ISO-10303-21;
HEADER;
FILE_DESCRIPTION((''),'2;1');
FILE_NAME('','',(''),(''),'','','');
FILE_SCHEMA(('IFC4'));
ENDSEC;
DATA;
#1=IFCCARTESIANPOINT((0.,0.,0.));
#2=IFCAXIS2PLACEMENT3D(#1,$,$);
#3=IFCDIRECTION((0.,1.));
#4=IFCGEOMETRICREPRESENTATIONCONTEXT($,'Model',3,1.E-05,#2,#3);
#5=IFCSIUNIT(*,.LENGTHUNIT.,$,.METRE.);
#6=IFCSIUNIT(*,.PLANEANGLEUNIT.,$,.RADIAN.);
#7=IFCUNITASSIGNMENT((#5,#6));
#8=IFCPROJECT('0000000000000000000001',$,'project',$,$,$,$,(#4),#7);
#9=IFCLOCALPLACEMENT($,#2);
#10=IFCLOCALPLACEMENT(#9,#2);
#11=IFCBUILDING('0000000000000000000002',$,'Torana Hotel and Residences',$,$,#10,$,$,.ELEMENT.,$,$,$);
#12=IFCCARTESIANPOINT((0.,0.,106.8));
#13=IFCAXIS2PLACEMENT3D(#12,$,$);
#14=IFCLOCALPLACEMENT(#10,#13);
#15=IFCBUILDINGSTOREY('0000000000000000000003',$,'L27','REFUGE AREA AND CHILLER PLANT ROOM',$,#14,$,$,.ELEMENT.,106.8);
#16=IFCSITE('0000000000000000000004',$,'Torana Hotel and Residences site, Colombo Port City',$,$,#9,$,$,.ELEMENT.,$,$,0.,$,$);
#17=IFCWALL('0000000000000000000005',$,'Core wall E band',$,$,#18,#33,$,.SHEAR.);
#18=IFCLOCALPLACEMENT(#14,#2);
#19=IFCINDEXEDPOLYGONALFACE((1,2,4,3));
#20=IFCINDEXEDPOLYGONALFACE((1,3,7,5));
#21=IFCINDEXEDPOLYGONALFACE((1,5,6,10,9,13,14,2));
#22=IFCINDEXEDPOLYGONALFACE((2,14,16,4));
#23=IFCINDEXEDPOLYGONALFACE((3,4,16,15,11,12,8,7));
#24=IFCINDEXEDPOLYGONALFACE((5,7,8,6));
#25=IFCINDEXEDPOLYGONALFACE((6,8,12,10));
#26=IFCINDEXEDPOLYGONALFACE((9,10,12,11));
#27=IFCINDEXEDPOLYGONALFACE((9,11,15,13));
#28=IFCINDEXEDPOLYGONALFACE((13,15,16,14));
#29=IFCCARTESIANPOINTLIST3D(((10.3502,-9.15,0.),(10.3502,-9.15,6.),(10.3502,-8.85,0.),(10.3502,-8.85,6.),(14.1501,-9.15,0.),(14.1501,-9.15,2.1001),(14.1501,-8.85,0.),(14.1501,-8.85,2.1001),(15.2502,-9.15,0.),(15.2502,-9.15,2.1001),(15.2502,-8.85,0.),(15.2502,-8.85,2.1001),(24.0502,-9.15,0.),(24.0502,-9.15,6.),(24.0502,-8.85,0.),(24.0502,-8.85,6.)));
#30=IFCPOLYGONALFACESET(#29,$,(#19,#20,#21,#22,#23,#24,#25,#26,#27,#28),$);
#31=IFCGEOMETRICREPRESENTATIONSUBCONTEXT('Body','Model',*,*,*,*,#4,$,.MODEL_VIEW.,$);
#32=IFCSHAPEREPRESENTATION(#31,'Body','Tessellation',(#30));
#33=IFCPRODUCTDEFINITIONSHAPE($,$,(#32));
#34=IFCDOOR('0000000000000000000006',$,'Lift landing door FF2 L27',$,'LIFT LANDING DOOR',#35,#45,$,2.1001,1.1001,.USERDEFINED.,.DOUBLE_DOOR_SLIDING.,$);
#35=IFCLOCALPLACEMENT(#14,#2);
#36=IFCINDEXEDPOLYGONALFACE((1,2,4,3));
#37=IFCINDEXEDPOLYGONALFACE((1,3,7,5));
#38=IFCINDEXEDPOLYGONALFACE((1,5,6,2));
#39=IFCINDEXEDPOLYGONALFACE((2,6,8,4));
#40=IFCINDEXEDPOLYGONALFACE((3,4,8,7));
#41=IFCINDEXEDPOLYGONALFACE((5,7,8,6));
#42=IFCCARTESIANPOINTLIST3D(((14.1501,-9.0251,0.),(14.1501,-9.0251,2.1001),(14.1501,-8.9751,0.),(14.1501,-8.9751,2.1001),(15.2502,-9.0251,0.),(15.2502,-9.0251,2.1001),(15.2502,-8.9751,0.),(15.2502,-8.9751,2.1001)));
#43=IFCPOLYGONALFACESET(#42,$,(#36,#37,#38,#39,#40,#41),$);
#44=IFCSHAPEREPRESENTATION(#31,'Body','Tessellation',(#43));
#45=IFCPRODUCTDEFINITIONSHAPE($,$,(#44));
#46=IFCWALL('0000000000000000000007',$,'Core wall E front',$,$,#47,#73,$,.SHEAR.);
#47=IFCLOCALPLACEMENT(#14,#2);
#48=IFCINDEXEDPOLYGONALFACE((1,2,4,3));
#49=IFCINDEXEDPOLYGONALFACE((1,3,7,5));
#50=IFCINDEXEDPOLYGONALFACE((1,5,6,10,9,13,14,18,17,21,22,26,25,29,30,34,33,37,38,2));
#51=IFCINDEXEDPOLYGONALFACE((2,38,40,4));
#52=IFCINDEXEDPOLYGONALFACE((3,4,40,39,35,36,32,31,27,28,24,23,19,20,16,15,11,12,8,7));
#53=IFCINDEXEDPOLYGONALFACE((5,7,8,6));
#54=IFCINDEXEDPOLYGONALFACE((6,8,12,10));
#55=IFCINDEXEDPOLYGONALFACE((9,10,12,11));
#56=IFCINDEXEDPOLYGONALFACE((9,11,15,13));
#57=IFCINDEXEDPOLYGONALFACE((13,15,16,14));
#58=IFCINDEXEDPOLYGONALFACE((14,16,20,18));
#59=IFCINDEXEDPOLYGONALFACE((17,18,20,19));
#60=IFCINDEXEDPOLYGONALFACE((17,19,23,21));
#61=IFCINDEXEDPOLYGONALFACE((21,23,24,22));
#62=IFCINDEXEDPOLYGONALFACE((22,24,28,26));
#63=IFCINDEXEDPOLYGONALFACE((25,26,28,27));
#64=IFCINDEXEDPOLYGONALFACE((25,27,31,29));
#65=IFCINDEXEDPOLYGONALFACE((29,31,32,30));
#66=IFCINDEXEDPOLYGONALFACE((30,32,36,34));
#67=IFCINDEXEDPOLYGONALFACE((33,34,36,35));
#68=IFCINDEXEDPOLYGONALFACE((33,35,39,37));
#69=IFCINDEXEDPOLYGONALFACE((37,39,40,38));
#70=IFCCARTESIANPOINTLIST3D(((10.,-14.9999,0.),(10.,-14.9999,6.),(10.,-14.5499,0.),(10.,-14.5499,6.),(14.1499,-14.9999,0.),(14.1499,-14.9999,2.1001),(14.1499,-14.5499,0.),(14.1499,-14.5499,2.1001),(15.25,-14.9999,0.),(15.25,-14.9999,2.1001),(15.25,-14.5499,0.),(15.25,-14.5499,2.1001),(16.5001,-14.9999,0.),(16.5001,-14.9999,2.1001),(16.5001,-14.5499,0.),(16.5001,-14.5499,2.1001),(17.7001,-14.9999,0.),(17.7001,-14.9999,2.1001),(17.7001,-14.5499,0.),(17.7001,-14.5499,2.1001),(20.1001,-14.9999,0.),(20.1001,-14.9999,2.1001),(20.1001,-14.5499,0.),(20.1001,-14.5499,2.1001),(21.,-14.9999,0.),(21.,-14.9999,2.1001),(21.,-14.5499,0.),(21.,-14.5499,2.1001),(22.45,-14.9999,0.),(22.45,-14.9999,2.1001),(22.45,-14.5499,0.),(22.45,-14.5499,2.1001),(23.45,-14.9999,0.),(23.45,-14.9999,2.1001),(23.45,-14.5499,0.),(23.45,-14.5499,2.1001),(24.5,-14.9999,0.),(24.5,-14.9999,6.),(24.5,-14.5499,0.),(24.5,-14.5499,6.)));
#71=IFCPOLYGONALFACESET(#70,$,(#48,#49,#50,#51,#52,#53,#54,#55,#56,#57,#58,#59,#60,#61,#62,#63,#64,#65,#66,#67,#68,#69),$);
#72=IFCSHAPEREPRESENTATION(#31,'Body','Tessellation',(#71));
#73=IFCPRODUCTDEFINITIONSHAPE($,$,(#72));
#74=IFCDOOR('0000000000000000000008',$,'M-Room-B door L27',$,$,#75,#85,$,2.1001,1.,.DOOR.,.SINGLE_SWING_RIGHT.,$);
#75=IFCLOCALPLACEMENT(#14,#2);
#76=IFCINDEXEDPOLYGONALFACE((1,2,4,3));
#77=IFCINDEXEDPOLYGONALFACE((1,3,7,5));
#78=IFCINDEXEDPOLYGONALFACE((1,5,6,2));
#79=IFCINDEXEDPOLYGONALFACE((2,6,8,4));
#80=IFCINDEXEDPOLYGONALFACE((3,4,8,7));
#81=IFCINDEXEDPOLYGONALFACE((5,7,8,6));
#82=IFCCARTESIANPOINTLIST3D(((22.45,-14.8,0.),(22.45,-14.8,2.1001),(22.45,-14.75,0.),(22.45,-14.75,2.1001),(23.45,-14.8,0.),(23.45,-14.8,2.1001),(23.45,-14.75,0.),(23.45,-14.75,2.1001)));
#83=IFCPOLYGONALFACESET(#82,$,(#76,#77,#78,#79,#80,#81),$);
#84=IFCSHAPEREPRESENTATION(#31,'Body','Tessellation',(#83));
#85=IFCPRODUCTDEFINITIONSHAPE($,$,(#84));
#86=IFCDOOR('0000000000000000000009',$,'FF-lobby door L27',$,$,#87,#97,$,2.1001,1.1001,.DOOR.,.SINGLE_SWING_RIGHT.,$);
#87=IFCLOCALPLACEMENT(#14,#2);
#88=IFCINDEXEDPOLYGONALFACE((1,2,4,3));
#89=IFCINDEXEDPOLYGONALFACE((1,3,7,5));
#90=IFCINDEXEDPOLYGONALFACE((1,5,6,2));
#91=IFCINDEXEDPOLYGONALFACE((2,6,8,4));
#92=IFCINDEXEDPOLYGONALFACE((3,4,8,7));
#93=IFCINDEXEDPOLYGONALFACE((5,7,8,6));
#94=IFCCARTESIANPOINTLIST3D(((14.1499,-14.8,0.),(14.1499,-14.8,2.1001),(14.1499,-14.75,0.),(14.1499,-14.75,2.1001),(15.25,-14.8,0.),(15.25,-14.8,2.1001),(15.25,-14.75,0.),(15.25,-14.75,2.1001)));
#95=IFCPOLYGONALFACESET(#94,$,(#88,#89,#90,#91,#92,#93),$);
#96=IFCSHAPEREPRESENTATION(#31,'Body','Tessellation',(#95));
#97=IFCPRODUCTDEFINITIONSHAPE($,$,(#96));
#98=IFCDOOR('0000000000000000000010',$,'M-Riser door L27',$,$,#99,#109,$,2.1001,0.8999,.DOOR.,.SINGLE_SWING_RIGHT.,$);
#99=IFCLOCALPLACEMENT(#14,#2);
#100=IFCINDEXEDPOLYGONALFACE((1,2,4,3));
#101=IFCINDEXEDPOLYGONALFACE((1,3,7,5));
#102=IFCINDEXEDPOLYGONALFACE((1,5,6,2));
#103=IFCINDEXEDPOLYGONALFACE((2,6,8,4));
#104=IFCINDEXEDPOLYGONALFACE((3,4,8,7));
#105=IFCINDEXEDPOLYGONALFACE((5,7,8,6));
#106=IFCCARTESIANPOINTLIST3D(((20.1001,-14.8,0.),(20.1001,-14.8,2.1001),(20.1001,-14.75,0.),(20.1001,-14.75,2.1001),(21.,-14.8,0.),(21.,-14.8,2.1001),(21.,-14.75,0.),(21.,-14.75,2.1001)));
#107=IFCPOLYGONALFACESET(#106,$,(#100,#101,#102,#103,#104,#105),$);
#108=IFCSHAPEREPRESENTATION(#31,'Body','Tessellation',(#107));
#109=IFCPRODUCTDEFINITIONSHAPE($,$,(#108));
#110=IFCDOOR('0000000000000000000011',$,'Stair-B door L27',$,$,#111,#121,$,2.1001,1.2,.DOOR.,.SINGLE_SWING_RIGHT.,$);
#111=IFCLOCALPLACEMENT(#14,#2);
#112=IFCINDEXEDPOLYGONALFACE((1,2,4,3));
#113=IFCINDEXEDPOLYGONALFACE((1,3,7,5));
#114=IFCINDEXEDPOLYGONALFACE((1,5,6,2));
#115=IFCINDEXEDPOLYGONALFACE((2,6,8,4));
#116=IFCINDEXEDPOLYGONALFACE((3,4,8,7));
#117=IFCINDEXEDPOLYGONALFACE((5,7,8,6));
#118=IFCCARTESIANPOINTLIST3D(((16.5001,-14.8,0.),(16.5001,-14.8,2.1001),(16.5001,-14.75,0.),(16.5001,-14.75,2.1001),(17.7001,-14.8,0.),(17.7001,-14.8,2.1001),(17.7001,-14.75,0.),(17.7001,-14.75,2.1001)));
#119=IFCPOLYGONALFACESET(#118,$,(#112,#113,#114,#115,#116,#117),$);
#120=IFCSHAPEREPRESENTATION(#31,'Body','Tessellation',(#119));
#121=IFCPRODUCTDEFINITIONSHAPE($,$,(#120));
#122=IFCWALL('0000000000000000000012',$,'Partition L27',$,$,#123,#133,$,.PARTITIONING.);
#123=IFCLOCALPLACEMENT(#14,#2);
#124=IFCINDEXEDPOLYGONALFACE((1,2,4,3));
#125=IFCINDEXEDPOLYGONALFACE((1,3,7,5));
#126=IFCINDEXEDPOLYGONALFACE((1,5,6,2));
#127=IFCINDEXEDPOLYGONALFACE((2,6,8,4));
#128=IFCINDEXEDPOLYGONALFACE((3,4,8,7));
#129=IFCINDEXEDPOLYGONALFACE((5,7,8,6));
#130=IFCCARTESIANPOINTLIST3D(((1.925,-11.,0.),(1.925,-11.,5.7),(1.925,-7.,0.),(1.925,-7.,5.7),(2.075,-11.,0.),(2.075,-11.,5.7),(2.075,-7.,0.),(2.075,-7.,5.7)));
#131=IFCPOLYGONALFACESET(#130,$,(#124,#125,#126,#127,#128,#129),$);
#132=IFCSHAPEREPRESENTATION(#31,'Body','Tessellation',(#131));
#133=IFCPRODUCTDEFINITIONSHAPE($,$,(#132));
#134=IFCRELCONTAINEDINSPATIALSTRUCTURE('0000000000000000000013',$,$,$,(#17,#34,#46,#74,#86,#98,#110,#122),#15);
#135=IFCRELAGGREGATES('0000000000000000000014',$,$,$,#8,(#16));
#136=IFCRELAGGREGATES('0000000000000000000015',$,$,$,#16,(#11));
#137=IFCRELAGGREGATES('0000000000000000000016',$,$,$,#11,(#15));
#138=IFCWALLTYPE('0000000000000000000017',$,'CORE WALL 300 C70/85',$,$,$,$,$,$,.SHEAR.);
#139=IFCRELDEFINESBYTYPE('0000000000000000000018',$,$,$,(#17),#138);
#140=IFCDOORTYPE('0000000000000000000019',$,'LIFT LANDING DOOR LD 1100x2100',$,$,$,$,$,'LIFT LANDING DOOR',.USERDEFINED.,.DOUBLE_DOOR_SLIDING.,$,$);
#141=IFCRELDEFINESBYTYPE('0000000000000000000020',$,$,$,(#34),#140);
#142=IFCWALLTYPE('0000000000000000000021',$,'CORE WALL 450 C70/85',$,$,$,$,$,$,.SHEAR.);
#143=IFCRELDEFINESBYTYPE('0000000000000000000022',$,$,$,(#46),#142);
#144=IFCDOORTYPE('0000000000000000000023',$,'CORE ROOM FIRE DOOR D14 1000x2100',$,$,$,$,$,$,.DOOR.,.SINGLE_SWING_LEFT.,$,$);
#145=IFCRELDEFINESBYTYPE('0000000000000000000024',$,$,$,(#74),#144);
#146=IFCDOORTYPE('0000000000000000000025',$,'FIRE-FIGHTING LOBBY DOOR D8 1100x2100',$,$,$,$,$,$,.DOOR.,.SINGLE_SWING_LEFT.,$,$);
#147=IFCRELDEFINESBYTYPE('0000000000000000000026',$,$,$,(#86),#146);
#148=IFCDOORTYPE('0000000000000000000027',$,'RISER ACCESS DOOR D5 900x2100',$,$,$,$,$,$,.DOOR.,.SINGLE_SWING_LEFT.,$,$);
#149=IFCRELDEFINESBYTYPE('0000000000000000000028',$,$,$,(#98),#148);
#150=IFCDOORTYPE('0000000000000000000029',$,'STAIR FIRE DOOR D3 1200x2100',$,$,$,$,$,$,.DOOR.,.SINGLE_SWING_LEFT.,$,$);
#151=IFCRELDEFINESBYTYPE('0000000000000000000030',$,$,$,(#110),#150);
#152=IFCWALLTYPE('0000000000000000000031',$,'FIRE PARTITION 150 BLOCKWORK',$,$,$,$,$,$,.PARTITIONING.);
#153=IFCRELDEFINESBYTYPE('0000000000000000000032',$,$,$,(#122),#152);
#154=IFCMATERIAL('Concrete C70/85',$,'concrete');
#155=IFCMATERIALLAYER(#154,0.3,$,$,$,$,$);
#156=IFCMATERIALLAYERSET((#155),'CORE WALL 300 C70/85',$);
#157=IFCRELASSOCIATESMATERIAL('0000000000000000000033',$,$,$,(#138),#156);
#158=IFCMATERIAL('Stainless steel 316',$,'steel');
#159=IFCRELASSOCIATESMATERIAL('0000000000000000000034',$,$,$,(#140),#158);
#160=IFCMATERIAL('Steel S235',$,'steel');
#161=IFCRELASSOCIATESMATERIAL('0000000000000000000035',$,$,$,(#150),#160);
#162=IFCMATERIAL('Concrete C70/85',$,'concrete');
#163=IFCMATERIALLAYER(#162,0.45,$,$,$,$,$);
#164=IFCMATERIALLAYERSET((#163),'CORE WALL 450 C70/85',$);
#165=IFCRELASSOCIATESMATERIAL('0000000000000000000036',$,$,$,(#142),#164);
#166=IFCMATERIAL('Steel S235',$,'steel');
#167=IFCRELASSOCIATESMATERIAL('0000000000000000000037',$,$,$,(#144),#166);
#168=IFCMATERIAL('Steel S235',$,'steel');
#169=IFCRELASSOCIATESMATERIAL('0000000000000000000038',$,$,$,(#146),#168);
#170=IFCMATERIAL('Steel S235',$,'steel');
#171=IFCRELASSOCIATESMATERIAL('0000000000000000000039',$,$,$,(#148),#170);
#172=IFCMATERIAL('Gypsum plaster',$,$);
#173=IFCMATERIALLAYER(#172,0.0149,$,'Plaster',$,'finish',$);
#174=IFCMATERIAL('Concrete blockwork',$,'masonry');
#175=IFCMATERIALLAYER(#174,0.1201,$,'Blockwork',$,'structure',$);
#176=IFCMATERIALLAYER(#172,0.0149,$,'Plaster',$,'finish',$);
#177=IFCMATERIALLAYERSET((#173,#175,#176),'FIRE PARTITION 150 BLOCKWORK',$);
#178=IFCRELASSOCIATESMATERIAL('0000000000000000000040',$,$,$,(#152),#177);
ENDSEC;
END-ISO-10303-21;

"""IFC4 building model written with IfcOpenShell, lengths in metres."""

from ifc_helpers import new_model, si_unit, direction, frame, frame_2d, origin, place, context, subcontext, project, spatial, rectangle, extrude, material, layer, layer_set, type_object, element, fill, save


model = new_model("IFC4")

# Units and contexts
model_context = context("Model", 3, precision=1e-05, world=origin(), true_north=direction((0.0, 1.0)))
body_context = subcontext(model_context, "Body", "Model", "MODEL_VIEW")
ifc_project = project(units=[si_unit("LENGTHUNIT", "METRE"), si_unit("PLANEANGLEUNIT", "RADIAN")], contexts=[model_context])

# Site, building, storey
site_placement = place(None, origin())
site = spatial("IfcSite", under=ifc_project, at=site_placement, Name="Torana Hotel and Residences site, Colombo Port City", CompositionType="ELEMENT", RefElevation=0.0)
building_placement = place(site_placement, origin())
building = spatial("IfcBuilding", under=site, at=building_placement, Name="Torana Hotel and Residences", CompositionType="ELEMENT")
storey_placement = place(building_placement, frame((0.0, 0.0, 106.8)))
storey = spatial("IfcBuildingStorey", under=building, at=storey_placement, Name="L27", Description="REFUGE AREA AND CHILLER PLANT ROOM", CompositionType="ELEMENT", Elevation=106.8)

# Wall, opening, door
ifc_material_1 = material(Name="Concrete C70/85", Category="concrete")
ifc_layer_1 = layer(ifc_material_1, 0.3)
ifc_layer_set_1 = layer_set([ifc_layer_1], Name="CORE WALL 300 C70/85")
wall_type_1 = type_object("IfcWallType", Name="CORE WALL 300 C70/85", PredefinedType="SHEAR", material=ifc_layer_set_1)
wall_1_placement = place(storey_placement, frame((10.3501, -9.0, 0.0), z_axis=(0.0, 0.0, 1.0), x_axis=(1.0, 0.0, 0.0)))
wall_1 = element("IfcWall", 1, at=wall_1_placement, inside=storey, type_object=wall_type_1, Name="Core wall E band", PredefinedType="SHEAR", context=body_context, shape_type="SweptSolid", body=[
    extrude(rectangle(XDim=13.7, YDim=0.3, at=frame_2d((6.8501, 0.0))), origin(), (0.0, 0.0, 1.0), 6.0),
])
opening_1_placement = place(wall_1_placement, frame((3.8, 0.0, 0.0)))
opening_1 = element("IfcOpeningElement", 2, at=opening_1_placement, cuts=wall_1, PredefinedType="OPENING", context=body_context, shape_type="SweptSolid", body=[
    extrude(rectangle(XDim=1.1001, YDim=2.1001, at=frame_2d((0.55, 1.05))), frame((0.0, 0.1599, 0.0), z_axis=(0.0, -1.0, 0.0), x_axis=(1.0, 0.0, 0.0)), (0.0, 0.0, 1.0), 0.3201),
])
ifc_material_2 = material(Name="Stainless steel 316", Category="steel")
door_type_1 = type_object("IfcDoorType", Name="LIFT LANDING DOOR LD 1100x2100", ElementType="LIFT LANDING DOOR", OperationType="DOUBLE_DOOR_SLIDING", PredefinedType="USERDEFINED", material=ifc_material_2)
door_1_placement = place(opening_1_placement, origin())
door_1 = element("IfcDoor", 3, at=door_1_placement, inside=storey, type_object=door_type_1, Name="Lift landing door FF2 L27", ObjectType="LIFT LANDING DOOR", OperationType="DOUBLE_DOOR_SLIDING", OverallHeight=2.1001, OverallWidth=1.1001, PredefinedType="USERDEFINED", context=body_context, shape_type="SweptSolid", body=[
    extrude(rectangle(XDim=1.1001, YDim=2.1001, at=frame_2d((0.55, 1.05))), frame((0.0, 0.0249, 0.0), z_axis=(0.0, -1.0, 0.0), x_axis=(1.0, 0.0, 0.0)), (0.0, 0.0, 1.0), 0.05),
])
fill(opening_1, door_1)

# Wall, openings, doors
ifc_material_3 = material(Name="Steel S235", Category="steel")
door_type_2 = type_object("IfcDoorType", Name="STAIR FIRE DOOR D3 1200x2100", OperationType="SINGLE_SWING_LEFT", PredefinedType="DOOR", material=ifc_material_3)
ifc_material_4 = material(Name="Concrete C70/85", Category="concrete")
ifc_layer_2 = layer(ifc_material_4, 0.45)
ifc_layer_set_2 = layer_set([ifc_layer_2], Name="CORE WALL 450 C70/85")
wall_type_2 = type_object("IfcWallType", Name="CORE WALL 450 C70/85", PredefinedType="SHEAR", material=ifc_layer_set_2)
wall_2_placement = place(storey_placement, frame((10.0, -14.7749, 0.0), z_axis=(0.0, 0.0, 1.0), x_axis=(1.0, 0.0, 0.0)))
wall_2 = element("IfcWall", 4, at=wall_2_placement, inside=storey, type_object=wall_type_2, Name="Core wall E front", PredefinedType="SHEAR", context=body_context, shape_type="SweptSolid", body=[
    extrude(rectangle(XDim=14.5, YDim=0.45, at=frame_2d((7.25, 0.0))), origin(), (0.0, 0.0, 1.0), 6.0),
])
opening_2_placement = place(wall_2_placement, frame((6.5, 0.0, 0.0)))
opening_2 = element("IfcOpeningElement", 5, at=opening_2_placement, cuts=wall_2, PredefinedType="OPENING", context=body_context, shape_type="SweptSolid", body=[
    extrude(rectangle(XDim=1.2, YDim=2.1001, at=frame_2d((0.6001, 1.05))), frame((0.0, 0.2349, 0.0), z_axis=(0.0, -1.0, 0.0), x_axis=(1.0, 0.0, 0.0)), (0.0, 0.0, 1.0), 0.47),
])
opening_3_placement = place(wall_2_placement, frame((4.1499, 0.0, 0.0)))
opening_3 = element("IfcOpeningElement", 6, at=opening_3_placement, cuts=wall_2, PredefinedType="OPENING", context=body_context, shape_type="SweptSolid", body=[
    extrude(rectangle(XDim=1.1001, YDim=2.1001, at=frame_2d((0.55, 1.05))), frame((0.0, 0.2349, 0.0), z_axis=(0.0, -1.0, 0.0), x_axis=(1.0, 0.0, 0.0)), (0.0, 0.0, 1.0), 0.47),
])
opening_4_placement = place(wall_2_placement, frame((10.1001, 0.0, 0.0)))
opening_4 = element("IfcOpeningElement", 7, at=opening_4_placement, cuts=wall_2, PredefinedType="OPENING", context=body_context, shape_type="SweptSolid", body=[
    extrude(rectangle(XDim=0.8999, YDim=2.1001, at=frame_2d((0.45, 1.05))), frame((0.0, 0.2349, 0.0), z_axis=(0.0, -1.0, 0.0), x_axis=(1.0, 0.0, 0.0)), (0.0, 0.0, 1.0), 0.47),
])
opening_5_placement = place(wall_2_placement, frame((12.45, 0.0, 0.0)))
opening_5 = element("IfcOpeningElement", 8, at=opening_5_placement, cuts=wall_2, PredefinedType="OPENING", context=body_context, shape_type="SweptSolid", body=[
    extrude(rectangle(XDim=1.0, YDim=2.1001, at=frame_2d((0.5, 1.05))), frame((0.0, 0.2349, 0.0), z_axis=(0.0, -1.0, 0.0), x_axis=(1.0, 0.0, 0.0)), (0.0, 0.0, 1.0), 0.47),
])
ifc_material_5 = material(Name="Steel S235", Category="steel")
door_type_3 = type_object("IfcDoorType", Name="CORE ROOM FIRE DOOR D14 1000x2100", OperationType="SINGLE_SWING_LEFT", PredefinedType="DOOR", material=ifc_material_5)
door_2_placement = place(opening_5_placement, origin())
door_2 = element("IfcDoor", 9, at=door_2_placement, inside=storey, type_object=door_type_3, Name="M-Room-B door L27", OperationType="SINGLE_SWING_RIGHT", OverallHeight=2.1001, OverallWidth=1.0, PredefinedType="DOOR", context=body_context, shape_type="SweptSolid", body=[
    extrude(rectangle(XDim=1.0, YDim=2.1001, at=frame_2d((0.5, 1.05))), frame((0.0, 0.0249, 0.0), z_axis=(0.0, -1.0, 0.0), x_axis=(1.0, 0.0, 0.0)), (0.0, 0.0, 1.0), 0.05),
])
fill(opening_5, door_2)
ifc_material_6 = material(Name="Steel S235", Category="steel")
door_type_4 = type_object("IfcDoorType", Name="FIRE-FIGHTING LOBBY DOOR D8 1100x2100", OperationType="SINGLE_SWING_LEFT", PredefinedType="DOOR", material=ifc_material_6)
door_3_placement = place(opening_3_placement, origin())
door_3 = element("IfcDoor", 10, at=door_3_placement, inside=storey, type_object=door_type_4, Name="FF-lobby door L27", OperationType="SINGLE_SWING_RIGHT", OverallHeight=2.1001, OverallWidth=1.1001, PredefinedType="DOOR", context=body_context, shape_type="SweptSolid", body=[
    extrude(rectangle(XDim=1.1001, YDim=2.1001, at=frame_2d((0.55, 1.05))), frame((0.0, 0.0249, 0.0), z_axis=(0.0, -1.0, 0.0), x_axis=(1.0, 0.0, 0.0)), (0.0, 0.0, 1.0), 0.05),
])
fill(opening_3, door_3)
ifc_material_7 = material(Name="Steel S235", Category="steel")
door_type_5 = type_object("IfcDoorType", Name="RISER ACCESS DOOR D5 900x2100", OperationType="SINGLE_SWING_LEFT", PredefinedType="DOOR", material=ifc_material_7)
door_4_placement = place(opening_4_placement, origin())
door_4 = element("IfcDoor", 11, at=door_4_placement, inside=storey, type_object=door_type_5, Name="M-Riser door L27", OperationType="SINGLE_SWING_RIGHT", OverallHeight=2.1001, OverallWidth=0.8999, PredefinedType="DOOR", context=body_context, shape_type="SweptSolid", body=[
    extrude(rectangle(XDim=0.8999, YDim=2.1001, at=frame_2d((0.45, 1.05))), frame((0.0, 0.0249, 0.0), z_axis=(0.0, -1.0, 0.0), x_axis=(1.0, 0.0, 0.0)), (0.0, 0.0, 1.0), 0.05),
])
fill(opening_4, door_4)
door_5_placement = place(opening_2_placement, origin())
door_5 = element("IfcDoor", 12, at=door_5_placement, inside=storey, type_object=door_type_2, Name="Stair-B door L27", OperationType="SINGLE_SWING_RIGHT", OverallHeight=2.1001, OverallWidth=1.2, PredefinedType="DOOR", context=body_context, shape_type="SweptSolid", body=[
    extrude(rectangle(XDim=1.2, YDim=2.1001, at=frame_2d((0.6001, 1.05))), frame((0.0, 0.0249, 0.0), z_axis=(0.0, -1.0, 0.0), x_axis=(1.0, 0.0, 0.0)), (0.0, 0.0, 1.0), 0.05),
])
fill(opening_2, door_5)

# Wall
ifc_material_8 = material(Name="Gypsum plaster")
ifc_layer_3 = layer(ifc_material_8, 0.0149, Name="Plaster", Category="finish")
ifc_material_9 = material(Name="Concrete blockwork", Category="masonry")
ifc_layer_4 = layer(ifc_material_9, 0.1201, Name="Blockwork", Category="structure")
ifc_layer_5 = layer(ifc_material_8, 0.0149, Name="Plaster", Category="finish")
ifc_layer_set_3 = layer_set([ifc_layer_3, ifc_layer_4, ifc_layer_5], Name="FIRE PARTITION 150 BLOCKWORK")
wall_type_3 = type_object("IfcWallType", Name="FIRE PARTITION 150 BLOCKWORK", PredefinedType="PARTITIONING", material=ifc_layer_set_3)
wall_3_placement = place(storey_placement, frame((2.0, -11.0, 0.0), z_axis=(0.0, 0.0, 1.0), x_axis=(0.0, 1.0, 0.0)))
element("IfcWall", 13, at=wall_3_placement, inside=storey, type_object=wall_type_3, Name="Partition L27", PredefinedType="PARTITIONING", context=body_context, shape_type="SweptSolid", body=[
    extrude(rectangle(XDim=4.0, YDim=0.1499, at=frame_2d((2.0, 0.0))), origin(), (0.0, 0.0, 1.0), 5.7),
])

save(model, "model.ifc")
